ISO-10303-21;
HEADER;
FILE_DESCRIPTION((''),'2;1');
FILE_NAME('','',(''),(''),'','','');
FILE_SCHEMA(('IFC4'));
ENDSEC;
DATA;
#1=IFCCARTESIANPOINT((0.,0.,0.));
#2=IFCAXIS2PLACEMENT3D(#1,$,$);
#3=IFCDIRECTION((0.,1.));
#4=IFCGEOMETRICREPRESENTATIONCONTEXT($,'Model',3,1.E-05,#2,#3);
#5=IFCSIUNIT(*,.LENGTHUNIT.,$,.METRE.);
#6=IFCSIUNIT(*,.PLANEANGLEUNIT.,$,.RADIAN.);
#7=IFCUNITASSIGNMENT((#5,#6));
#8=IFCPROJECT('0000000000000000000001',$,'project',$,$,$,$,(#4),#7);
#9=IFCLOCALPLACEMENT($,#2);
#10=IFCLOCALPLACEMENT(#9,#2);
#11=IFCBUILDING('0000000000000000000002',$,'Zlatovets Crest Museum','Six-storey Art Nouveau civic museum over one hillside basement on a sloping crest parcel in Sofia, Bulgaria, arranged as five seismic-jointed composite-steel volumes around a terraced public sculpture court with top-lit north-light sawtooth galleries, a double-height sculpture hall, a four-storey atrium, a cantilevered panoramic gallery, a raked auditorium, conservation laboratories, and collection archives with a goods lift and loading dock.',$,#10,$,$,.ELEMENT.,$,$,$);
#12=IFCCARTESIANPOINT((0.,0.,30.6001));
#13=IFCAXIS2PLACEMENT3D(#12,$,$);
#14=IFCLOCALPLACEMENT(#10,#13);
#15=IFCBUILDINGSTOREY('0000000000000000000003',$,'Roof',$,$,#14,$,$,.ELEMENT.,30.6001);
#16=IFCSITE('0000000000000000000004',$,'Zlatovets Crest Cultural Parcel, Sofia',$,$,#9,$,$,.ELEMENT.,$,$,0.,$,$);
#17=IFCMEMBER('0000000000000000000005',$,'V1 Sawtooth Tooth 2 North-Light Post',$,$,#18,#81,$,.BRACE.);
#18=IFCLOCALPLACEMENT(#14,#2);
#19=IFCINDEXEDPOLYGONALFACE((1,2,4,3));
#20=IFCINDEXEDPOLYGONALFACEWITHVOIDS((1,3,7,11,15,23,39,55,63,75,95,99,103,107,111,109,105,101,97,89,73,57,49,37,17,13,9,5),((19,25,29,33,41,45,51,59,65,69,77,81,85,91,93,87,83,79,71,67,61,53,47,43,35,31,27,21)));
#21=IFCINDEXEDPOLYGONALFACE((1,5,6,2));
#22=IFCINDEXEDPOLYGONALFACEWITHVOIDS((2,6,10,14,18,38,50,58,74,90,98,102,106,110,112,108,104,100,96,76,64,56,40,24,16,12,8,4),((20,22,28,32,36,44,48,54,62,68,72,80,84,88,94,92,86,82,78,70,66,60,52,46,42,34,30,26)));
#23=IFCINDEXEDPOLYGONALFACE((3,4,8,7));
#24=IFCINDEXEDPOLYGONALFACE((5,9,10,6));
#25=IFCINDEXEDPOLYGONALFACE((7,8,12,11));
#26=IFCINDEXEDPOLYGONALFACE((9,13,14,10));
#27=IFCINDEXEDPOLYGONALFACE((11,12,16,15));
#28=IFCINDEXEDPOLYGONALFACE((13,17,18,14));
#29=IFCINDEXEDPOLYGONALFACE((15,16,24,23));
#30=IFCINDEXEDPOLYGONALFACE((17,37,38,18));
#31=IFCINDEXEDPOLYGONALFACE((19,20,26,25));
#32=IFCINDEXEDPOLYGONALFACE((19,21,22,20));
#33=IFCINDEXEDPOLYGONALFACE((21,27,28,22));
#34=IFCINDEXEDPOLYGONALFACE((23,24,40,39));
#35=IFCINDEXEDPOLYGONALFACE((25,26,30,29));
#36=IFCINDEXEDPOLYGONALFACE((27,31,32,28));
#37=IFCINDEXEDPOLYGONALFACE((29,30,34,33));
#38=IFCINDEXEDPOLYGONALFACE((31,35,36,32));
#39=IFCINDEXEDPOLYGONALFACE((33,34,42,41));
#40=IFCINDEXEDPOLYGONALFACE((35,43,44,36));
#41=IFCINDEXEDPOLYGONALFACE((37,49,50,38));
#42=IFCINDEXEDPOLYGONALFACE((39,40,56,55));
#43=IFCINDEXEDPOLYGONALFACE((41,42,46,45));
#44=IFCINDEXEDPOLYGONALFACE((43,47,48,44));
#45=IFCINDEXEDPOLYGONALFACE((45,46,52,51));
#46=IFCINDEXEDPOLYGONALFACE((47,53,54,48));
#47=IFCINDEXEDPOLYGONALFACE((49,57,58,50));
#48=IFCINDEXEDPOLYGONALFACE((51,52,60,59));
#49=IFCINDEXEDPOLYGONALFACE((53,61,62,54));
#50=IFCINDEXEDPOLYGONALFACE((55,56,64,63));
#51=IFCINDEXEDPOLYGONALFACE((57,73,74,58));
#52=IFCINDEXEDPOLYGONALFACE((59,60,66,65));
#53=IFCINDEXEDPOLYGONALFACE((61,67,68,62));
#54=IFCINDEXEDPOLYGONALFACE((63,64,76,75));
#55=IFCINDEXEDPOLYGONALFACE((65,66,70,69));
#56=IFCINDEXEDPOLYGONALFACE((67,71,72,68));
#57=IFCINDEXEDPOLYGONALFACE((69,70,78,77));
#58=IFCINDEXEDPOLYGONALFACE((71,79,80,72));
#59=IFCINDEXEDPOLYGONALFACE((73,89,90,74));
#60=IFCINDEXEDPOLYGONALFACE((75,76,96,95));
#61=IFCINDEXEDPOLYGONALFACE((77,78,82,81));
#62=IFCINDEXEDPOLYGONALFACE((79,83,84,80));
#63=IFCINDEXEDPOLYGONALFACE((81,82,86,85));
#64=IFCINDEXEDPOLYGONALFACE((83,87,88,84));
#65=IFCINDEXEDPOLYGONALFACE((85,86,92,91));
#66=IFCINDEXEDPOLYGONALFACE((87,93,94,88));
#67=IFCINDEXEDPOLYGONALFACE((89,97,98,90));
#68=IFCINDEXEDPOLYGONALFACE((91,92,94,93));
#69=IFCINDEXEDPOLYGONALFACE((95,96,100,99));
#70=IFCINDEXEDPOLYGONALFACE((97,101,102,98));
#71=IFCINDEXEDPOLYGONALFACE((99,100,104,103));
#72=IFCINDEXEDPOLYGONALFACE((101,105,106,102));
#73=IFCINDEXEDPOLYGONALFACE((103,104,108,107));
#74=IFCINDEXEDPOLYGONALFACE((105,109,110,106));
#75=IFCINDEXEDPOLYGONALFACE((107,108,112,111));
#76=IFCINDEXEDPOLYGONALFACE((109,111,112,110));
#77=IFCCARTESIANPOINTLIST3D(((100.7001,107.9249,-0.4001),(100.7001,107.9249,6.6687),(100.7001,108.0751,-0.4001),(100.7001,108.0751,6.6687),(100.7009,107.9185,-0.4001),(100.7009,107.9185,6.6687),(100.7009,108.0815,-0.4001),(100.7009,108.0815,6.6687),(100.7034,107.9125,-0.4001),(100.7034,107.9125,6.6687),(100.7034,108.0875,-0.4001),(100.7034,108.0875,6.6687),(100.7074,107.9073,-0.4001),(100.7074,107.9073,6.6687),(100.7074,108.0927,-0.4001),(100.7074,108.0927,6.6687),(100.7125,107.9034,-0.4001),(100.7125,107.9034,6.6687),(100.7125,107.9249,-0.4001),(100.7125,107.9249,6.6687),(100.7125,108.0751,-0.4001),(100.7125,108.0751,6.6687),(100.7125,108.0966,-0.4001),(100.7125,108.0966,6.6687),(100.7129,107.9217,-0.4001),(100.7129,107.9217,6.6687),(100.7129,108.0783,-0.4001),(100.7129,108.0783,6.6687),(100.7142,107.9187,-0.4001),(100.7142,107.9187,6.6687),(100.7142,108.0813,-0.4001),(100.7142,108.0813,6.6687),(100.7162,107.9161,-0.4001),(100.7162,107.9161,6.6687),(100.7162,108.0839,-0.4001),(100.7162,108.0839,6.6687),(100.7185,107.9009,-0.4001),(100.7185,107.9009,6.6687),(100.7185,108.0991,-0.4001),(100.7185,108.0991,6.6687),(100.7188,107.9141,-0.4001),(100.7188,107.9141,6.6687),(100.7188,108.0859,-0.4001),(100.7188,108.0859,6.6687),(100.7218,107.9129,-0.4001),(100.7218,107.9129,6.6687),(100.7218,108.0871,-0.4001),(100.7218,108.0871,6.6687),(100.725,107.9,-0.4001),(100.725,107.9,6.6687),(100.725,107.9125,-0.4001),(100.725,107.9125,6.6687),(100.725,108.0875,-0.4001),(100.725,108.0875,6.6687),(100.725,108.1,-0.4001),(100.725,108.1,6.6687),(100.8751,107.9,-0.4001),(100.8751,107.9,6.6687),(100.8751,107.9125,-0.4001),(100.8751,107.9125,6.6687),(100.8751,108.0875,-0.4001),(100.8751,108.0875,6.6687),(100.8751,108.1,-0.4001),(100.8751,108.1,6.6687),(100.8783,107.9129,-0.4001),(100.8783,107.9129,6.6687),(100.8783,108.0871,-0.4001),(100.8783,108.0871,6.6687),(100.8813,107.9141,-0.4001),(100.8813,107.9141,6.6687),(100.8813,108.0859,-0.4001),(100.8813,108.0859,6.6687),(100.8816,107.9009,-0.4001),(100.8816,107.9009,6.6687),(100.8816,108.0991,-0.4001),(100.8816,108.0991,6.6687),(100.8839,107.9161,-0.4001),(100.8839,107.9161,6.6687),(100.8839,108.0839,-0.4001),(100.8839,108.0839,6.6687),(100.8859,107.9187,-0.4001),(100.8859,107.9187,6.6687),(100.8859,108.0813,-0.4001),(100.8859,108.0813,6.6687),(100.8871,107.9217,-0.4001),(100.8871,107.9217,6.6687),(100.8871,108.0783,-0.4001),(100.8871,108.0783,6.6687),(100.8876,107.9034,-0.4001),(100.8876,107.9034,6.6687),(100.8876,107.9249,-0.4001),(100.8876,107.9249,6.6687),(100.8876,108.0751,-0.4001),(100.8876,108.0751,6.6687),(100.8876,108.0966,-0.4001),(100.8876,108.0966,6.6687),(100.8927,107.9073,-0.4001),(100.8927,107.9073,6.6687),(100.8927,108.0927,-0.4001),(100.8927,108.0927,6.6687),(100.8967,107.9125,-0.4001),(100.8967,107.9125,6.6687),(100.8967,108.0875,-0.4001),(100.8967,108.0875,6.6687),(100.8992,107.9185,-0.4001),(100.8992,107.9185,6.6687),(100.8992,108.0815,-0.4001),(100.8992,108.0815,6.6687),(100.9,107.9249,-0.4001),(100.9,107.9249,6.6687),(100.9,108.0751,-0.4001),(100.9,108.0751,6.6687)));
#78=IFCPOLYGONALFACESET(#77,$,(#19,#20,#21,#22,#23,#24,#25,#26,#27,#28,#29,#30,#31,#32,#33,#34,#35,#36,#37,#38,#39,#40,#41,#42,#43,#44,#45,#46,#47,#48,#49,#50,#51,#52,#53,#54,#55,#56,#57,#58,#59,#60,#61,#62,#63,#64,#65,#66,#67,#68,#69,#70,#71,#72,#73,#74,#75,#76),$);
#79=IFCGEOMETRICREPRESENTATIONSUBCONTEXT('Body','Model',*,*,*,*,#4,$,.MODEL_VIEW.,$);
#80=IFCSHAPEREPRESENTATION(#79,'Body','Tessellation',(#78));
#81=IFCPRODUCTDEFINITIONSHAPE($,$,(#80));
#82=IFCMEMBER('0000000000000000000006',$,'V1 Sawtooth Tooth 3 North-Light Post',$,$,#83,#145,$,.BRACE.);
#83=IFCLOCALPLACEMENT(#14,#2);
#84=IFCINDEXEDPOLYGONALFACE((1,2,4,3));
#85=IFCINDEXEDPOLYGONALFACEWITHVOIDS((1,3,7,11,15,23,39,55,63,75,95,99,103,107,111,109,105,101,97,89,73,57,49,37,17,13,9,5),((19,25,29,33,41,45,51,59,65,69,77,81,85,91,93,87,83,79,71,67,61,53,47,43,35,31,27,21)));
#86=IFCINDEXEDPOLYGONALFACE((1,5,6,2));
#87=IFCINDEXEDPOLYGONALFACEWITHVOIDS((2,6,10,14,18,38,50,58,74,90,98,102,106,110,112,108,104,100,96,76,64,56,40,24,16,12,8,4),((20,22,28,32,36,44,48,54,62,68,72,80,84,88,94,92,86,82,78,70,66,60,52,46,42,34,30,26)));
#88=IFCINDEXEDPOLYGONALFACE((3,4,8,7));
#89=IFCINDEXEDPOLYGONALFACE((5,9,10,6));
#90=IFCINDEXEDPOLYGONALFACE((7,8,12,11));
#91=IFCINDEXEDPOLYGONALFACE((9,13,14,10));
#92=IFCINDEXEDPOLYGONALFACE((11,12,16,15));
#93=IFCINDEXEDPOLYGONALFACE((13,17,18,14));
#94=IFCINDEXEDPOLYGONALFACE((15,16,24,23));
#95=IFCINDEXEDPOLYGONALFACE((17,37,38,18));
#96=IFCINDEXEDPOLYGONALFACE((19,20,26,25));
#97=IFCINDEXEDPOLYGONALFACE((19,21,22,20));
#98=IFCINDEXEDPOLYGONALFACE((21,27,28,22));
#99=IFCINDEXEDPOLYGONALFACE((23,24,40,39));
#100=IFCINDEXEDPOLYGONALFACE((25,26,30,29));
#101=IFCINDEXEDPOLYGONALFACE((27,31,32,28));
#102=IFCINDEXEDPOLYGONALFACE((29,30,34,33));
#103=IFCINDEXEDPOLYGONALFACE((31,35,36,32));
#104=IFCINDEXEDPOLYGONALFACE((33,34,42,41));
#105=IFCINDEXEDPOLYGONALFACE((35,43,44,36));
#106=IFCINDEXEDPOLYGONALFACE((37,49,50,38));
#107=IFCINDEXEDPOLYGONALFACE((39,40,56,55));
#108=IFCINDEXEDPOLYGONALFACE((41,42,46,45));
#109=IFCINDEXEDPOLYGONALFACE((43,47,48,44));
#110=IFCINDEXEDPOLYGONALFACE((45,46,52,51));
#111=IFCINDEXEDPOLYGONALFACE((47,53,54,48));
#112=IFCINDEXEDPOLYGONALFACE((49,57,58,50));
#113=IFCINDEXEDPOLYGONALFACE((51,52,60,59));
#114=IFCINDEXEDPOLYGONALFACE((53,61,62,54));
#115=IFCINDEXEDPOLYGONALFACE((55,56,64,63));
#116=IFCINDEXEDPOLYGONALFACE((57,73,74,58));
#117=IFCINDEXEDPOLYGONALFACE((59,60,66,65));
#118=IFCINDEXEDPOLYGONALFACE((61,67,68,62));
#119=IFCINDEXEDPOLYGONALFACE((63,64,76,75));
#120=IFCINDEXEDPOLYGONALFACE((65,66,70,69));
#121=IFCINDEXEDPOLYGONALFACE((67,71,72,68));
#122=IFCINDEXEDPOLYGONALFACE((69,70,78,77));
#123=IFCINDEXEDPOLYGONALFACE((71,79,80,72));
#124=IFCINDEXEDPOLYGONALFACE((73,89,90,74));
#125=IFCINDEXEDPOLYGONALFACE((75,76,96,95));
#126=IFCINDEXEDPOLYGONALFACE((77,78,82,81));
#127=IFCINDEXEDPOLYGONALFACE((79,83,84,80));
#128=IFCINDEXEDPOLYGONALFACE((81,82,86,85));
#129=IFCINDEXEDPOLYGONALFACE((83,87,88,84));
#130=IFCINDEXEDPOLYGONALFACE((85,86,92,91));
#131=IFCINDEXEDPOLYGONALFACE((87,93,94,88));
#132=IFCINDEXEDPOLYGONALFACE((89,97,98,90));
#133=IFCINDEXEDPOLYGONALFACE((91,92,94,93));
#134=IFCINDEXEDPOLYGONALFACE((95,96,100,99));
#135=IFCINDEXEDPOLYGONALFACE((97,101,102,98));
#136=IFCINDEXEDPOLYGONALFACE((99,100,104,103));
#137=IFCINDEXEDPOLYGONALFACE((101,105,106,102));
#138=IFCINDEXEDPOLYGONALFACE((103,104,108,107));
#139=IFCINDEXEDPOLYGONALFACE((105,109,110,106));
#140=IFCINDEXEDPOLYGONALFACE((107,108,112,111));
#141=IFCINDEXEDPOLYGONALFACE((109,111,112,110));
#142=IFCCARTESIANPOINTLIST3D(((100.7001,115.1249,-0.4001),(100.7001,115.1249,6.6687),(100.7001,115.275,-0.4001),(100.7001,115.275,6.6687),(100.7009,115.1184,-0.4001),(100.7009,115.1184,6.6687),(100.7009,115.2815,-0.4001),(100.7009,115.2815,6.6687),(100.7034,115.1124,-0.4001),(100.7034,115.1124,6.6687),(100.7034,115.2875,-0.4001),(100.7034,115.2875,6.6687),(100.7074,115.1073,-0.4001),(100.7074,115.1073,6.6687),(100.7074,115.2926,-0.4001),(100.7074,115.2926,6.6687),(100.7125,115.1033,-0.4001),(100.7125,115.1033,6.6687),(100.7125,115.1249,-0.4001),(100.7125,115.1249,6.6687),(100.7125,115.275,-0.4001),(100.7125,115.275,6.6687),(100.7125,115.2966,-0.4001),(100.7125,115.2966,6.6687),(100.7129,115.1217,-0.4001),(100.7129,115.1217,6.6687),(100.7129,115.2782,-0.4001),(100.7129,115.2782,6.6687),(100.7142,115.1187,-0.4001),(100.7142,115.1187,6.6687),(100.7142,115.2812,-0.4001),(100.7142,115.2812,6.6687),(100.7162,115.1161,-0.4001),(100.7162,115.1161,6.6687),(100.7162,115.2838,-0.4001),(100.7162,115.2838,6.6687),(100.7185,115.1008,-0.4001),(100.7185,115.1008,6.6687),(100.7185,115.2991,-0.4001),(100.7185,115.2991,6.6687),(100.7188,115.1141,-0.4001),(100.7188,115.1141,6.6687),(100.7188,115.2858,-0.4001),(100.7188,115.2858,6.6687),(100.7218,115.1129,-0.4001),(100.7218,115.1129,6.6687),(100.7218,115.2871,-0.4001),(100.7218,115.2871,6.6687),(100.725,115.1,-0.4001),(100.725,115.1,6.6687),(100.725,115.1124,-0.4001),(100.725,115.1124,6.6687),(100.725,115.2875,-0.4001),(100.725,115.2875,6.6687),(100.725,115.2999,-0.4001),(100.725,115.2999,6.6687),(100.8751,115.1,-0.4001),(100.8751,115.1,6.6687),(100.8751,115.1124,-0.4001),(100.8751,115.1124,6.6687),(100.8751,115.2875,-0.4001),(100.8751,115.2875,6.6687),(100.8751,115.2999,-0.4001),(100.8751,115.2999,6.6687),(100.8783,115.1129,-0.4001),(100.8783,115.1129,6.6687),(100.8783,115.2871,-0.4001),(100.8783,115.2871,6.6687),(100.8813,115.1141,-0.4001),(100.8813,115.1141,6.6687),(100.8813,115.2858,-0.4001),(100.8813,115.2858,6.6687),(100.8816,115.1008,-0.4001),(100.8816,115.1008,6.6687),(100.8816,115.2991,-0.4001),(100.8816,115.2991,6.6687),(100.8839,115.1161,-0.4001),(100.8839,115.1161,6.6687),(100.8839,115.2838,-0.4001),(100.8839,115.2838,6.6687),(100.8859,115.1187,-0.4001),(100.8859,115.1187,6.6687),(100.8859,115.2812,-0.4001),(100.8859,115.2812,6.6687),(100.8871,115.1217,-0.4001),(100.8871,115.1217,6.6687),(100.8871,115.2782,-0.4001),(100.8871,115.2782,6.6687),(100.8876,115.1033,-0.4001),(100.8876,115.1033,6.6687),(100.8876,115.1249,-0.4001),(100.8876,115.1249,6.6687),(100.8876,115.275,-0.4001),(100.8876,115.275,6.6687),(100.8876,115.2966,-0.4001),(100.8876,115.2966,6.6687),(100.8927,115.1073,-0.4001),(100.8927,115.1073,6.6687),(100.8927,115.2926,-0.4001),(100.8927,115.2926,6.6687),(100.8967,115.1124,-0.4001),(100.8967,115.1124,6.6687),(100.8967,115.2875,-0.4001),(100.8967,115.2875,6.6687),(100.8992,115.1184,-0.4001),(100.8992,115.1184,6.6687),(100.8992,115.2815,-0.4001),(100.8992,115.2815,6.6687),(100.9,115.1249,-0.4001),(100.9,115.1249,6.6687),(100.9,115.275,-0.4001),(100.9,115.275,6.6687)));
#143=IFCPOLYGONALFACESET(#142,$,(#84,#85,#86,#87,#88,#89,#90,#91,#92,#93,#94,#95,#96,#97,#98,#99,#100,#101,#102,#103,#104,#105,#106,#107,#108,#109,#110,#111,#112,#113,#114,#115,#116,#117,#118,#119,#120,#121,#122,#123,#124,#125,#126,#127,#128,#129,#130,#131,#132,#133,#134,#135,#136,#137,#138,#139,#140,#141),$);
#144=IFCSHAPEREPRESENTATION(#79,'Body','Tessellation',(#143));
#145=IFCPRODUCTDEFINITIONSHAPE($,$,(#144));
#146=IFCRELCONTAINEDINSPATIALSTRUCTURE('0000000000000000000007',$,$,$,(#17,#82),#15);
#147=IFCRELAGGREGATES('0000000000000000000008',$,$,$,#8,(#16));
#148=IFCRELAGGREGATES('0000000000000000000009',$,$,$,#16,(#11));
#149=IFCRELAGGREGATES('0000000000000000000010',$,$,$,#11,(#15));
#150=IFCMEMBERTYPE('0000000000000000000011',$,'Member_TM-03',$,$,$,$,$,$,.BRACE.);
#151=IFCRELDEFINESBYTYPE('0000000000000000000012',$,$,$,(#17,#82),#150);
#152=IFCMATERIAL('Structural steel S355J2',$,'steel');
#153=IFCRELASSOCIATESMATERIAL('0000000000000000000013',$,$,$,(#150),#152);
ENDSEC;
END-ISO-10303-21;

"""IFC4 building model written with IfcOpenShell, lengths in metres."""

from ifc_helpers import new_model, si_unit, direction, frame, origin, origin_2d, place, context, subcontext, project, spatial, hollow_rectangle, extrude, material, material_profile, profile_set, type_object, element, save


model = new_model("IFC4")

# Units and contexts
model_context = context("Model", 3, precision=1e-05, world=origin(), true_north=direction((0.0, 1.0)))
body_context = subcontext(model_context, "Body", "Model", "MODEL_VIEW")
ifc_project = project(units=[si_unit("LENGTHUNIT", "METRE"), si_unit("PLANEANGLEUNIT", "RADIAN")], contexts=[model_context])

# Site, building, storey
site_placement = place(None, origin())
site = spatial("IfcSite", under=ifc_project, at=site_placement, Name="Zlatovets Crest Cultural Parcel, Sofia", CompositionType="ELEMENT", RefElevation=0.0)
building_placement = place(site_placement, origin())
building = spatial("IfcBuilding", under=site, at=building_placement, Name="Zlatovets Crest Museum", Description="Six-storey Art Nouveau civic museum over one hillside basement on a sloping crest parcel in Sofia, Bulgaria, arranged as five seismic-jointed composite-steel volumes around a terraced public sculpture court with top-lit north-light sawtooth galleries, a double-height sculpture hall, a four-storey atrium, a cantilevered panoramic gallery, a raked auditorium, conservation laboratories, and collection archives with a goods lift and loading dock.", CompositionType="ELEMENT")
storey_placement = place(building_placement, frame((0.0, 0.0, 30.6001)))
storey = spatial("IfcBuildingStorey", under=building, at=storey_placement, Name="Roof", CompositionType="ELEMENT", Elevation=30.6001)

# Shared definitions
ifc_material_1 = material(Name="Structural steel S355J2", Category="steel")

# Members
ifc_material_profile_1 = material_profile(ifc_material_1, hollow_rectangle(XDim=0.2, YDim=0.2, WallThickness=0.0125, InnerFilletRadius=0.0125, OuterFilletRadius=0.0249, at=origin_2d()), Name="SHS 200x200x12.5")
ifc_profile_set_1 = profile_set([ifc_material_profile_1], Name="Structural steel S355J2")
member_type_1 = type_object("IfcMemberType", Name="Member_TM-03", PredefinedType="BRACE", material=ifc_profile_set_1)
for number, where, z_axis, x_axis, name in (
    (1, (100.8, 108.0, -0.4001), (0.0, 0.0, 1.0), (1.0, 0.0, 0.0), "V1 Sawtooth Tooth 2 North-Light Post"),
    (2, (100.8, 115.2, -0.4001), (0.0, 0.0, 1.0), (1.0, 0.0, 0.0), "V1 Sawtooth Tooth 3 North-Light Post"),
):
    element("IfcMember", number, at=place(storey_placement, frame(where, z_axis=z_axis, x_axis=x_axis)), inside=storey, type_object=member_type_1, Name=name, PredefinedType="BRACE", context=body_context, shape_type="SweptSolid", body=[
        extrude(hollow_rectangle(XDim=0.2, YDim=0.2, WallThickness=0.0125, InnerFilletRadius=0.0125, OuterFilletRadius=0.0249, at=origin_2d()), origin(), (0.0, 0.0, 1.0), 7.0688),
    ])

save(model, "model.ifc")
